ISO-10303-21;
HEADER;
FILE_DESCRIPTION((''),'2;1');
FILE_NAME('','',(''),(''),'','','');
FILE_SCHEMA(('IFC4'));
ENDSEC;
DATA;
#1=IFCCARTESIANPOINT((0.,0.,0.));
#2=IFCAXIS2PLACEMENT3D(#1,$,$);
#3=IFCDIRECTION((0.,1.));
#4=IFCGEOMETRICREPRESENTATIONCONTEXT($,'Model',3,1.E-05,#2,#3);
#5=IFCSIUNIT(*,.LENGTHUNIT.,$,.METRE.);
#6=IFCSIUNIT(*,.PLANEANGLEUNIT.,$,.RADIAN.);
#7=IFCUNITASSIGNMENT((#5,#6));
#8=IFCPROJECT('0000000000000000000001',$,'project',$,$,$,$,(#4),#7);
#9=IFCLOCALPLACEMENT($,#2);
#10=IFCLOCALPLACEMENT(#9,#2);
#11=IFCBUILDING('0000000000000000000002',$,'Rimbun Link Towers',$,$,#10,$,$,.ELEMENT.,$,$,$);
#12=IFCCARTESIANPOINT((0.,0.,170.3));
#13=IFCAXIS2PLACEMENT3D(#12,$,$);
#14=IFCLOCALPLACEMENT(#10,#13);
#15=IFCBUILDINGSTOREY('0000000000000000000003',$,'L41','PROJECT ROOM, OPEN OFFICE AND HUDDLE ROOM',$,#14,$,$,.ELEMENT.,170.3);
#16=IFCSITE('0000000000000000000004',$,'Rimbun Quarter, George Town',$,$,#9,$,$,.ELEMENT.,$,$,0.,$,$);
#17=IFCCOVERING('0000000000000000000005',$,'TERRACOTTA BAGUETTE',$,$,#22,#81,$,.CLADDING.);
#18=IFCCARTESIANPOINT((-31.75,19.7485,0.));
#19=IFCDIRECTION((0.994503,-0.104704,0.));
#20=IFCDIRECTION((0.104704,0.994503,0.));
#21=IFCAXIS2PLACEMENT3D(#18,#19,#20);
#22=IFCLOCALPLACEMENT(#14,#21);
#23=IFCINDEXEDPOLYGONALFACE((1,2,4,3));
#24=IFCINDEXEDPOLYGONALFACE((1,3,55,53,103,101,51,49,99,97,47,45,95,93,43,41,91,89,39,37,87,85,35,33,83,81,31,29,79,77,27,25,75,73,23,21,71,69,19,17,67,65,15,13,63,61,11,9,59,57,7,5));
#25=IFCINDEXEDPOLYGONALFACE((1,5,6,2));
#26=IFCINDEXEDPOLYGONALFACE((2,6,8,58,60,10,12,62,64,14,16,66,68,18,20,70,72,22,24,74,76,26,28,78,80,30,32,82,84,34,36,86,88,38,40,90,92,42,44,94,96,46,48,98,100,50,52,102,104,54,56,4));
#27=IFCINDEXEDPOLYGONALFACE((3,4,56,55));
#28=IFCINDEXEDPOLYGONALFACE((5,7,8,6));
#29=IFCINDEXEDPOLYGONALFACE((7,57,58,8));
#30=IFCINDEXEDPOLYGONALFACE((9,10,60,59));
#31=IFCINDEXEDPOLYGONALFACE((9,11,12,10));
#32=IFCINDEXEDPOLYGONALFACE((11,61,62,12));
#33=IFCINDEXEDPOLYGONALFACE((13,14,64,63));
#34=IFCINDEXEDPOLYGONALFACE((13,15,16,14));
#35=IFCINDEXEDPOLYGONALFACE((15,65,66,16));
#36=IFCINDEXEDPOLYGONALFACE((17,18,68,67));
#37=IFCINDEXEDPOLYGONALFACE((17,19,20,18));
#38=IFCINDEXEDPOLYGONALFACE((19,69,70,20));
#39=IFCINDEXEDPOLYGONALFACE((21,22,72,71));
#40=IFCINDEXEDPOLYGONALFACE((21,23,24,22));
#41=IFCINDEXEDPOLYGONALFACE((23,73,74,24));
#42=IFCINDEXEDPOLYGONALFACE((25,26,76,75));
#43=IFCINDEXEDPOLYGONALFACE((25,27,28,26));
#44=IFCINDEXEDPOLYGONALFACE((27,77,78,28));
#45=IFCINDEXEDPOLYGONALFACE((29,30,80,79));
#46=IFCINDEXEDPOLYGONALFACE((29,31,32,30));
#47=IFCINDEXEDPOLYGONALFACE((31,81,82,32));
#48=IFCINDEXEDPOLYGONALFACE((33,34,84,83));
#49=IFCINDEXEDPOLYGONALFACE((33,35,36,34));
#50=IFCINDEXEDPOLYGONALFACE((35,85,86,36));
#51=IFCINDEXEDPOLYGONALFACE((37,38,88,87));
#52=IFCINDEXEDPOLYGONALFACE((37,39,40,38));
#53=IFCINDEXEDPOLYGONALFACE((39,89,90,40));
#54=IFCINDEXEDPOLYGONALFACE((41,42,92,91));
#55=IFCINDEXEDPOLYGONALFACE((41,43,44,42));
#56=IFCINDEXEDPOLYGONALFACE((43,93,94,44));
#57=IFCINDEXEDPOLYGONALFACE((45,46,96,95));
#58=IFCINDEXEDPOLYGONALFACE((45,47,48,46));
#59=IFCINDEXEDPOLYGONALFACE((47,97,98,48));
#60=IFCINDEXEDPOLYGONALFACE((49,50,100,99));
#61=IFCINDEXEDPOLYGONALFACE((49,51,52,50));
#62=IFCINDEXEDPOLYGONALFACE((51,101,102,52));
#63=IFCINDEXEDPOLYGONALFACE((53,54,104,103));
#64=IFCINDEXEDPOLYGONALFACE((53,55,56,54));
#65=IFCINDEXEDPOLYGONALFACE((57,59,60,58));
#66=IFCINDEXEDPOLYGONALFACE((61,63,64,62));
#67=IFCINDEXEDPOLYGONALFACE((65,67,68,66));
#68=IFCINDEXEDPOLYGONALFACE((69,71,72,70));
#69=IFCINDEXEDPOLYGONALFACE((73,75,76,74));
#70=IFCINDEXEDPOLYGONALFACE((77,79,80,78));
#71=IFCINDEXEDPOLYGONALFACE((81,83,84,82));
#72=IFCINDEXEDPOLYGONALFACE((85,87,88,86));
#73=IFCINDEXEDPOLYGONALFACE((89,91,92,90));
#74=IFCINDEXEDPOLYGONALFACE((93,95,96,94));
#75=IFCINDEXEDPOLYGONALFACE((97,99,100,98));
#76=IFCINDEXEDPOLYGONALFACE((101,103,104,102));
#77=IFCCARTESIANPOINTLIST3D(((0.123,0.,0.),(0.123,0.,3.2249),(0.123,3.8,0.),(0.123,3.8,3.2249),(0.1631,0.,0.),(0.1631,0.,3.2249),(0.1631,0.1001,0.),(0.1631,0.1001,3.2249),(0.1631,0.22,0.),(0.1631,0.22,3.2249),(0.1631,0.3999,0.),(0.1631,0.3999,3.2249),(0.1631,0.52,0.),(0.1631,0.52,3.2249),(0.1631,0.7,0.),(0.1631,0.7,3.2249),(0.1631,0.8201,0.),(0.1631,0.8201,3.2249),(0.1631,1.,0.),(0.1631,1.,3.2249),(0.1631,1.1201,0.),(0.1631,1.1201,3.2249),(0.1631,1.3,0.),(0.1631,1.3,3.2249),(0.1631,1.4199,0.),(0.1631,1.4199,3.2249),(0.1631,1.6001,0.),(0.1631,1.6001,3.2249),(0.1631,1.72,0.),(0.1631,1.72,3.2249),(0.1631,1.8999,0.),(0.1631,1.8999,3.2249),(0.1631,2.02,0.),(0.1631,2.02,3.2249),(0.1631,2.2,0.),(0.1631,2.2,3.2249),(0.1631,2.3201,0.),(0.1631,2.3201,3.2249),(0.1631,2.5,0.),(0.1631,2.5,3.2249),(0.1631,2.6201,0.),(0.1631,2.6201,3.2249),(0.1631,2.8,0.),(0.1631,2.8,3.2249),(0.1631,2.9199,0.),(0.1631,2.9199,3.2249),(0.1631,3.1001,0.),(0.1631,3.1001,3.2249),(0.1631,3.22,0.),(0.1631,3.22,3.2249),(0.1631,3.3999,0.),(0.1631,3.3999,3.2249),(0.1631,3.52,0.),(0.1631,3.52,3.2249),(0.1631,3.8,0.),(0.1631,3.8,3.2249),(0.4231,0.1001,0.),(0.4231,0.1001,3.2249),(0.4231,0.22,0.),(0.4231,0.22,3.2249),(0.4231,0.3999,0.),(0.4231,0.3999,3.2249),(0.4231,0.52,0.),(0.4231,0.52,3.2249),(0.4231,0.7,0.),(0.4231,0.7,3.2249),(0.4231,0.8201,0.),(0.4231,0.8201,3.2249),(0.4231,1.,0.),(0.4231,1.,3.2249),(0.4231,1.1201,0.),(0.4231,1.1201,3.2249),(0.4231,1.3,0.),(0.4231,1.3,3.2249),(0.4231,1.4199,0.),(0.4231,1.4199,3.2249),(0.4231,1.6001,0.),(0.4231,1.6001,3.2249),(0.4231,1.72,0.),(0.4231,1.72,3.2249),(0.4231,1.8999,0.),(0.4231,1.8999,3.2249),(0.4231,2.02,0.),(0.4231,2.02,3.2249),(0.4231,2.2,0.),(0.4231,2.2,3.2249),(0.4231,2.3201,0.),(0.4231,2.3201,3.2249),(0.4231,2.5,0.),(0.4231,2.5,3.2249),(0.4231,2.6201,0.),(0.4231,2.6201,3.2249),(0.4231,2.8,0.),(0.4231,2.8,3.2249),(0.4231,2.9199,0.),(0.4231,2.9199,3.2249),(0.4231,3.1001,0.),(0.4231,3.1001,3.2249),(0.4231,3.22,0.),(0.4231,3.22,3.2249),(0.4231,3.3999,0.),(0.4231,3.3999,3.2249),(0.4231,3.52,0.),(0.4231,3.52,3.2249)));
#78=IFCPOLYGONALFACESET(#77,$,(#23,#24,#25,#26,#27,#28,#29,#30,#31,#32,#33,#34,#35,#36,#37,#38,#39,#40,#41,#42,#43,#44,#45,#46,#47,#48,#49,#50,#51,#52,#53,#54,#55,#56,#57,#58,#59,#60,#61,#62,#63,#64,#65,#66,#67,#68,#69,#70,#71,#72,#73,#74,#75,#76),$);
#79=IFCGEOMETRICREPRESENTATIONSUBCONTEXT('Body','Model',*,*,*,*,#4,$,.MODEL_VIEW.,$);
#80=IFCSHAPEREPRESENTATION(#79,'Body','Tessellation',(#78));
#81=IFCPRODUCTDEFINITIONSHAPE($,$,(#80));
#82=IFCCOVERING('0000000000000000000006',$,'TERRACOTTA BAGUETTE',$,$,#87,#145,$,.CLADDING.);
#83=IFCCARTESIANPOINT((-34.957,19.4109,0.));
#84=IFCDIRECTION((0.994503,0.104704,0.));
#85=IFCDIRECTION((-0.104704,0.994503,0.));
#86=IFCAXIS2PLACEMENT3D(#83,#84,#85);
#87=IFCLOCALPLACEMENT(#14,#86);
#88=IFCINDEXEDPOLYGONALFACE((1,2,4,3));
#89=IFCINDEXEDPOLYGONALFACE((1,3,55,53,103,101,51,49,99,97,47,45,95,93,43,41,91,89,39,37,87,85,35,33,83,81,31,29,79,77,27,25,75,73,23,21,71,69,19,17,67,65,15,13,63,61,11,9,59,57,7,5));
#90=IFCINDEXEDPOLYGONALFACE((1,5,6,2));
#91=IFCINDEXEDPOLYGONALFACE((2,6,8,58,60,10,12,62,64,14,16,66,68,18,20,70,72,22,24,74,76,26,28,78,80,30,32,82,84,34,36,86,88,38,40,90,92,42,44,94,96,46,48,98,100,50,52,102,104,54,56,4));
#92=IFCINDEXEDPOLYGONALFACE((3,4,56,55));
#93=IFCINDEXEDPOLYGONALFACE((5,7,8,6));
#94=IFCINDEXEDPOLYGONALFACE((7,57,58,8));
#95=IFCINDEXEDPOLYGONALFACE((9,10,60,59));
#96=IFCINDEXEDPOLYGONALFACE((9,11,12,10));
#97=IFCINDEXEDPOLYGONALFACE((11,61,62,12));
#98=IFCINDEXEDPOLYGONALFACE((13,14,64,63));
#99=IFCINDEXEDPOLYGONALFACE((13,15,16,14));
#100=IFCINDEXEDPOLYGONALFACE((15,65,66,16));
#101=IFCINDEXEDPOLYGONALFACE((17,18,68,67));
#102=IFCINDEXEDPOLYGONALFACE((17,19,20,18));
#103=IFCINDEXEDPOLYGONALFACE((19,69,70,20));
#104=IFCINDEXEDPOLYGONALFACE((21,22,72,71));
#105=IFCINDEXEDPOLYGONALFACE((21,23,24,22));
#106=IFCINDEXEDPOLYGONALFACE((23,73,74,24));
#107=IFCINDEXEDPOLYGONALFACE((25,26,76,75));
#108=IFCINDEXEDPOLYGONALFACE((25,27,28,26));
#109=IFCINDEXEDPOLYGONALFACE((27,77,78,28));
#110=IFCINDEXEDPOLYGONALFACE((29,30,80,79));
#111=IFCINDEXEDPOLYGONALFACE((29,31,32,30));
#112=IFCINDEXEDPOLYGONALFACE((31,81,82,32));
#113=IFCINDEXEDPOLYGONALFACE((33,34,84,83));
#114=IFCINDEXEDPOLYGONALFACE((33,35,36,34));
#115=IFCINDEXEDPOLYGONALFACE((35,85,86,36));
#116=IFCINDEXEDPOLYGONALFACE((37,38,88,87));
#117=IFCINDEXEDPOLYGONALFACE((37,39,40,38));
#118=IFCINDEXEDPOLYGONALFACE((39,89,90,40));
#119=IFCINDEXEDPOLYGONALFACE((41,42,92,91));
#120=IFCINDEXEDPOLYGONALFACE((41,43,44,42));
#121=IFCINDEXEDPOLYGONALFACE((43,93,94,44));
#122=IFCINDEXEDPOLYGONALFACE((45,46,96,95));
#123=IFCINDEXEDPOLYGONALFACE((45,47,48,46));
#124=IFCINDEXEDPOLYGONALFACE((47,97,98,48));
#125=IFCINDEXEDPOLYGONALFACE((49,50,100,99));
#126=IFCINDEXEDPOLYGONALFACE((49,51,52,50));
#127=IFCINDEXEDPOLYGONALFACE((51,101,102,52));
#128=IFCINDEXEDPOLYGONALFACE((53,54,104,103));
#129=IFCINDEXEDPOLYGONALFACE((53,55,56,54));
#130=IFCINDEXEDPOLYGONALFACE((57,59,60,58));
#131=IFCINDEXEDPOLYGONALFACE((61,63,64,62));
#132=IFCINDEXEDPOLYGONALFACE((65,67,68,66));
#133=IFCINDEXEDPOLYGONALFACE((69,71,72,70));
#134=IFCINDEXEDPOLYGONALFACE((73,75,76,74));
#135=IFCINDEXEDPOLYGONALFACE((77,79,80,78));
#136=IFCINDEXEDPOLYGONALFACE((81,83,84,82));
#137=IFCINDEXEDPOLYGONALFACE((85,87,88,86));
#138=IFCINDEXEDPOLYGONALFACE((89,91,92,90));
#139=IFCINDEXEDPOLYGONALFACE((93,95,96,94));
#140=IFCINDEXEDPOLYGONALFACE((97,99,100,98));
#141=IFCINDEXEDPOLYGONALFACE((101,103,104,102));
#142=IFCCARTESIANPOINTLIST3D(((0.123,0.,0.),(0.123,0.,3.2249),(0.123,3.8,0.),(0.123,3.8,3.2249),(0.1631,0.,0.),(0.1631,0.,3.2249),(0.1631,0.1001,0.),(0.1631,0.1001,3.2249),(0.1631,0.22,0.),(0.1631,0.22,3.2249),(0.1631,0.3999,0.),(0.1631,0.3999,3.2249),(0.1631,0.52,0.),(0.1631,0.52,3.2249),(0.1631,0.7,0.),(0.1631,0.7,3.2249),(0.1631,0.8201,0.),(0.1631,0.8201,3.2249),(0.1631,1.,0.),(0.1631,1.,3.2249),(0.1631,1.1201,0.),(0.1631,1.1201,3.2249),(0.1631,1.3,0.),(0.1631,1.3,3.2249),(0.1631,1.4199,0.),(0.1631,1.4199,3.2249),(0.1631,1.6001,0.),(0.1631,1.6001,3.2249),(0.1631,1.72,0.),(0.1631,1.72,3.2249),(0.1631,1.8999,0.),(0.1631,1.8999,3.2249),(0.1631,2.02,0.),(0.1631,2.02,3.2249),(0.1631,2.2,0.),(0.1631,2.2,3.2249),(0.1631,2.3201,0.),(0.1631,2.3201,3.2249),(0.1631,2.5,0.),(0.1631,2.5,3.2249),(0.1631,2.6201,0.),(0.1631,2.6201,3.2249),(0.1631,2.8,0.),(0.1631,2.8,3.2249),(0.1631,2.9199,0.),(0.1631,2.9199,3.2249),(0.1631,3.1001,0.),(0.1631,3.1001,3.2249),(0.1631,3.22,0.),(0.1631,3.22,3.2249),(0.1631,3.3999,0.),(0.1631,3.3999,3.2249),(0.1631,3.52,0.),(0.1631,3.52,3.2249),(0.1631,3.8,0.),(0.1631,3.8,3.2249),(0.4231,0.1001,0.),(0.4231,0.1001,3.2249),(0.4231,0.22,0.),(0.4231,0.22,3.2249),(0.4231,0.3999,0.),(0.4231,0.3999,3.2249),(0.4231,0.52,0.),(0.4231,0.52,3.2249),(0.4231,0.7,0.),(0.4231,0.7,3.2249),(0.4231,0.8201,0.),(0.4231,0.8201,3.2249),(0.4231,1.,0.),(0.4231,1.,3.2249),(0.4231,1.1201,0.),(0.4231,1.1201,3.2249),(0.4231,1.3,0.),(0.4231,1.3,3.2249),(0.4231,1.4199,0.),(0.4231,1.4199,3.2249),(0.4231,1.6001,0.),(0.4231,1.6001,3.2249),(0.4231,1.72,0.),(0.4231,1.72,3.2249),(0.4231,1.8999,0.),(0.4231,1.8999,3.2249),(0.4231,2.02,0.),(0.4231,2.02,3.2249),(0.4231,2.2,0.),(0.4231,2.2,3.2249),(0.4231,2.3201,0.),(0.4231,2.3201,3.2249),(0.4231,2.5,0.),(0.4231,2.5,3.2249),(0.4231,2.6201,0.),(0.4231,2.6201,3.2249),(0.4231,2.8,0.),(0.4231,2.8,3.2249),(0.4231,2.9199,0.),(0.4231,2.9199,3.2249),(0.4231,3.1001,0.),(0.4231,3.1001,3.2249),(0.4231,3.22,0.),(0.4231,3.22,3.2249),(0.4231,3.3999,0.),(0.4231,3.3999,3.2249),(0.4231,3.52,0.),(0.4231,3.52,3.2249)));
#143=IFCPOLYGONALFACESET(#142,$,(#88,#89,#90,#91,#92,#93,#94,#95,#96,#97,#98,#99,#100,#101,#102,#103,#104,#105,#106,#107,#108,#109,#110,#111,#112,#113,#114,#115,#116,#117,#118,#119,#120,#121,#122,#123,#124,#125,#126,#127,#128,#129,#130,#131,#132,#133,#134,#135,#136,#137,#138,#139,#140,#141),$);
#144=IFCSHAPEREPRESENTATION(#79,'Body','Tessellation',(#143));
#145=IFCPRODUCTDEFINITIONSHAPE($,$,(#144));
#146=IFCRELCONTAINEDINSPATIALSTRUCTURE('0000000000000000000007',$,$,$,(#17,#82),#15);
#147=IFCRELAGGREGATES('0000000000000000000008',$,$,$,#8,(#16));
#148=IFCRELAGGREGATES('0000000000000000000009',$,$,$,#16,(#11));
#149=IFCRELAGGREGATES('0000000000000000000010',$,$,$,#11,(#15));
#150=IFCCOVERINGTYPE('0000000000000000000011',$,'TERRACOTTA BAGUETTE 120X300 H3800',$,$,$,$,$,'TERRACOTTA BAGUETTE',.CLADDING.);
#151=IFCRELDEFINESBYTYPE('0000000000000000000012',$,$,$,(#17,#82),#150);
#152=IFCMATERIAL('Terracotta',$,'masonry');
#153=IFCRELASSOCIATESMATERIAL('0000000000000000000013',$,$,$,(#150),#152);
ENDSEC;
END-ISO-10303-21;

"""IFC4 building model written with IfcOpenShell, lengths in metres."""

from ifc_helpers import new_model, si_unit, direction, frame, origin, place, context, subcontext, project, spatial, polyline, outline, extrude, material, material_profile, profile_set, type_object, element, save


model = new_model("IFC4")

# Units and contexts
model_context = context("Model", 3, precision=1e-05, world=origin(), true_north=direction((0.0, 1.0)))
body_context = subcontext(model_context, "Body", "Model", "MODEL_VIEW")
ifc_project = project(units=[si_unit("LENGTHUNIT", "METRE"), si_unit("PLANEANGLEUNIT", "RADIAN")], contexts=[model_context])

# Site, building, storey
site_placement = place(None, origin())
site = spatial("IfcSite", under=ifc_project, at=site_placement, Name="Rimbun Quarter, George Town", CompositionType="ELEMENT", RefElevation=0.0)
building_placement = place(site_placement, origin())
building = spatial("IfcBuilding", under=site, at=building_placement, Name="Rimbun Link Towers", CompositionType="ELEMENT")
storey_placement = place(building_placement, frame((0.0, 0.0, 170.3)))
storey = spatial("IfcBuildingStorey", under=building, at=storey_placement, Name="L41", Description="PROJECT ROOM, OPEN OFFICE AND HUDDLE ROOM", CompositionType="ELEMENT", Elevation=170.3)

# Coverings
ifc_material_1 = material(Name="Terracotta", Category="masonry")
ifc_material_profile_1 = material_profile(ifc_material_1, outline(polyline([(0.123, 0.0), (0.1631, 0.0), (0.1631, 0.1001), (0.4231, 0.1001), (0.4231, 0.22), (0.1631, 0.22), (0.1631, 0.3999), (0.4231, 0.3999), (0.4231, 0.52), (0.1631, 0.52), (0.1631, 0.7), (0.4231, 0.7), (0.4231, 0.8201), (0.1631, 0.8201), (0.1631, 1.0), (0.4231, 1.0), (0.4231, 1.1201), (0.1631, 1.1201), (0.1631, 1.3), (0.4231, 1.3), (0.4231, 1.4199), (0.1631, 1.4199), (0.1631, 1.6001), (0.4231, 1.6001), (0.4231, 1.72), (0.1631, 1.72), (0.1631, 1.8999), (0.4231, 1.8999), (0.4231, 2.02), (0.1631, 2.02), (0.1631, 2.2), (0.4231, 2.2), (0.4231, 2.3201), (0.1631, 2.3201), (0.1631, 2.5), (0.4231, 2.5), (0.4231, 2.6201), (0.1631, 2.6201), (0.1631, 2.8), (0.4231, 2.8), (0.4231, 2.9199), (0.1631, 2.9199), (0.1631, 3.1001), (0.4231, 3.1001), (0.4231, 3.22), (0.1631, 3.22), (0.1631, 3.3999), (0.4231, 3.3999), (0.4231, 3.52), (0.1631, 3.52), (0.1631, 3.8), (0.123, 3.8), (0.123, 0.0)])), Name="BAGUETTE 120X300")
ifc_profile_set_1 = profile_set([ifc_material_profile_1], Name="Terracotta")
covering_type = type_object("IfcCoveringType", Name="TERRACOTTA BAGUETTE 120X300 H3800", ElementType="TERRACOTTA BAGUETTE", PredefinedType="CLADDING", material=ifc_profile_set_1)
for number, where, z_axis, x_axis, name in (
    (1, (-31.75, 19.7485, 0.0), (0.994503, -0.104704, 0.0), (0.104704, 0.994503, 0.0), "TERRACOTTA BAGUETTE"),
    (2, (-34.957, 19.4109, 0.0), (0.994503, 0.104704, 0.0), (-0.104704, 0.994503, 0.0), "TERRACOTTA BAGUETTE"),
):
    element("IfcCovering", number, at=place(storey_placement, frame(where, z_axis=z_axis, x_axis=x_axis)), inside=storey, type_object=covering_type, Name=name, PredefinedType="CLADDING", context=body_context, shape_type="SweptSolid", body=[
        extrude(outline(polyline([(0.123, 0.0), (0.1631, 0.0), (0.1631, 0.1001), (0.4231, 0.1001), (0.4231, 0.22), (0.1631, 0.22), (0.1631, 0.3999), (0.4231, 0.3999), (0.4231, 0.52), (0.1631, 0.52), (0.1631, 0.7), (0.4231, 0.7), (0.4231, 0.8201), (0.1631, 0.8201), (0.1631, 1.0), (0.4231, 1.0), (0.4231, 1.1201), (0.1631, 1.1201), (0.1631, 1.3), (0.4231, 1.3), (0.4231, 1.4199), (0.1631, 1.4199), (0.1631, 1.6001), (0.4231, 1.6001), (0.4231, 1.72), (0.1631, 1.72), (0.1631, 1.8999), (0.4231, 1.8999), (0.4231, 2.02), (0.1631, 2.02), (0.1631, 2.2), (0.4231, 2.2), (0.4231, 2.3201), (0.1631, 2.3201), (0.1631, 2.5), (0.4231, 2.5), (0.4231, 2.6201), (0.1631, 2.6201), (0.1631, 2.8), (0.4231, 2.8), (0.4231, 2.9199), (0.1631, 2.9199), (0.1631, 3.1001), (0.4231, 3.1001), (0.4231, 3.22), (0.1631, 3.22), (0.1631, 3.3999), (0.4231, 3.3999), (0.4231, 3.52), (0.1631, 3.52), (0.1631, 3.8), (0.123, 3.8), (0.123, 0.0)])), origin(), (0.0, 0.0, 1.0), 3.2249),
    ])

save(model, "model.ifc")
